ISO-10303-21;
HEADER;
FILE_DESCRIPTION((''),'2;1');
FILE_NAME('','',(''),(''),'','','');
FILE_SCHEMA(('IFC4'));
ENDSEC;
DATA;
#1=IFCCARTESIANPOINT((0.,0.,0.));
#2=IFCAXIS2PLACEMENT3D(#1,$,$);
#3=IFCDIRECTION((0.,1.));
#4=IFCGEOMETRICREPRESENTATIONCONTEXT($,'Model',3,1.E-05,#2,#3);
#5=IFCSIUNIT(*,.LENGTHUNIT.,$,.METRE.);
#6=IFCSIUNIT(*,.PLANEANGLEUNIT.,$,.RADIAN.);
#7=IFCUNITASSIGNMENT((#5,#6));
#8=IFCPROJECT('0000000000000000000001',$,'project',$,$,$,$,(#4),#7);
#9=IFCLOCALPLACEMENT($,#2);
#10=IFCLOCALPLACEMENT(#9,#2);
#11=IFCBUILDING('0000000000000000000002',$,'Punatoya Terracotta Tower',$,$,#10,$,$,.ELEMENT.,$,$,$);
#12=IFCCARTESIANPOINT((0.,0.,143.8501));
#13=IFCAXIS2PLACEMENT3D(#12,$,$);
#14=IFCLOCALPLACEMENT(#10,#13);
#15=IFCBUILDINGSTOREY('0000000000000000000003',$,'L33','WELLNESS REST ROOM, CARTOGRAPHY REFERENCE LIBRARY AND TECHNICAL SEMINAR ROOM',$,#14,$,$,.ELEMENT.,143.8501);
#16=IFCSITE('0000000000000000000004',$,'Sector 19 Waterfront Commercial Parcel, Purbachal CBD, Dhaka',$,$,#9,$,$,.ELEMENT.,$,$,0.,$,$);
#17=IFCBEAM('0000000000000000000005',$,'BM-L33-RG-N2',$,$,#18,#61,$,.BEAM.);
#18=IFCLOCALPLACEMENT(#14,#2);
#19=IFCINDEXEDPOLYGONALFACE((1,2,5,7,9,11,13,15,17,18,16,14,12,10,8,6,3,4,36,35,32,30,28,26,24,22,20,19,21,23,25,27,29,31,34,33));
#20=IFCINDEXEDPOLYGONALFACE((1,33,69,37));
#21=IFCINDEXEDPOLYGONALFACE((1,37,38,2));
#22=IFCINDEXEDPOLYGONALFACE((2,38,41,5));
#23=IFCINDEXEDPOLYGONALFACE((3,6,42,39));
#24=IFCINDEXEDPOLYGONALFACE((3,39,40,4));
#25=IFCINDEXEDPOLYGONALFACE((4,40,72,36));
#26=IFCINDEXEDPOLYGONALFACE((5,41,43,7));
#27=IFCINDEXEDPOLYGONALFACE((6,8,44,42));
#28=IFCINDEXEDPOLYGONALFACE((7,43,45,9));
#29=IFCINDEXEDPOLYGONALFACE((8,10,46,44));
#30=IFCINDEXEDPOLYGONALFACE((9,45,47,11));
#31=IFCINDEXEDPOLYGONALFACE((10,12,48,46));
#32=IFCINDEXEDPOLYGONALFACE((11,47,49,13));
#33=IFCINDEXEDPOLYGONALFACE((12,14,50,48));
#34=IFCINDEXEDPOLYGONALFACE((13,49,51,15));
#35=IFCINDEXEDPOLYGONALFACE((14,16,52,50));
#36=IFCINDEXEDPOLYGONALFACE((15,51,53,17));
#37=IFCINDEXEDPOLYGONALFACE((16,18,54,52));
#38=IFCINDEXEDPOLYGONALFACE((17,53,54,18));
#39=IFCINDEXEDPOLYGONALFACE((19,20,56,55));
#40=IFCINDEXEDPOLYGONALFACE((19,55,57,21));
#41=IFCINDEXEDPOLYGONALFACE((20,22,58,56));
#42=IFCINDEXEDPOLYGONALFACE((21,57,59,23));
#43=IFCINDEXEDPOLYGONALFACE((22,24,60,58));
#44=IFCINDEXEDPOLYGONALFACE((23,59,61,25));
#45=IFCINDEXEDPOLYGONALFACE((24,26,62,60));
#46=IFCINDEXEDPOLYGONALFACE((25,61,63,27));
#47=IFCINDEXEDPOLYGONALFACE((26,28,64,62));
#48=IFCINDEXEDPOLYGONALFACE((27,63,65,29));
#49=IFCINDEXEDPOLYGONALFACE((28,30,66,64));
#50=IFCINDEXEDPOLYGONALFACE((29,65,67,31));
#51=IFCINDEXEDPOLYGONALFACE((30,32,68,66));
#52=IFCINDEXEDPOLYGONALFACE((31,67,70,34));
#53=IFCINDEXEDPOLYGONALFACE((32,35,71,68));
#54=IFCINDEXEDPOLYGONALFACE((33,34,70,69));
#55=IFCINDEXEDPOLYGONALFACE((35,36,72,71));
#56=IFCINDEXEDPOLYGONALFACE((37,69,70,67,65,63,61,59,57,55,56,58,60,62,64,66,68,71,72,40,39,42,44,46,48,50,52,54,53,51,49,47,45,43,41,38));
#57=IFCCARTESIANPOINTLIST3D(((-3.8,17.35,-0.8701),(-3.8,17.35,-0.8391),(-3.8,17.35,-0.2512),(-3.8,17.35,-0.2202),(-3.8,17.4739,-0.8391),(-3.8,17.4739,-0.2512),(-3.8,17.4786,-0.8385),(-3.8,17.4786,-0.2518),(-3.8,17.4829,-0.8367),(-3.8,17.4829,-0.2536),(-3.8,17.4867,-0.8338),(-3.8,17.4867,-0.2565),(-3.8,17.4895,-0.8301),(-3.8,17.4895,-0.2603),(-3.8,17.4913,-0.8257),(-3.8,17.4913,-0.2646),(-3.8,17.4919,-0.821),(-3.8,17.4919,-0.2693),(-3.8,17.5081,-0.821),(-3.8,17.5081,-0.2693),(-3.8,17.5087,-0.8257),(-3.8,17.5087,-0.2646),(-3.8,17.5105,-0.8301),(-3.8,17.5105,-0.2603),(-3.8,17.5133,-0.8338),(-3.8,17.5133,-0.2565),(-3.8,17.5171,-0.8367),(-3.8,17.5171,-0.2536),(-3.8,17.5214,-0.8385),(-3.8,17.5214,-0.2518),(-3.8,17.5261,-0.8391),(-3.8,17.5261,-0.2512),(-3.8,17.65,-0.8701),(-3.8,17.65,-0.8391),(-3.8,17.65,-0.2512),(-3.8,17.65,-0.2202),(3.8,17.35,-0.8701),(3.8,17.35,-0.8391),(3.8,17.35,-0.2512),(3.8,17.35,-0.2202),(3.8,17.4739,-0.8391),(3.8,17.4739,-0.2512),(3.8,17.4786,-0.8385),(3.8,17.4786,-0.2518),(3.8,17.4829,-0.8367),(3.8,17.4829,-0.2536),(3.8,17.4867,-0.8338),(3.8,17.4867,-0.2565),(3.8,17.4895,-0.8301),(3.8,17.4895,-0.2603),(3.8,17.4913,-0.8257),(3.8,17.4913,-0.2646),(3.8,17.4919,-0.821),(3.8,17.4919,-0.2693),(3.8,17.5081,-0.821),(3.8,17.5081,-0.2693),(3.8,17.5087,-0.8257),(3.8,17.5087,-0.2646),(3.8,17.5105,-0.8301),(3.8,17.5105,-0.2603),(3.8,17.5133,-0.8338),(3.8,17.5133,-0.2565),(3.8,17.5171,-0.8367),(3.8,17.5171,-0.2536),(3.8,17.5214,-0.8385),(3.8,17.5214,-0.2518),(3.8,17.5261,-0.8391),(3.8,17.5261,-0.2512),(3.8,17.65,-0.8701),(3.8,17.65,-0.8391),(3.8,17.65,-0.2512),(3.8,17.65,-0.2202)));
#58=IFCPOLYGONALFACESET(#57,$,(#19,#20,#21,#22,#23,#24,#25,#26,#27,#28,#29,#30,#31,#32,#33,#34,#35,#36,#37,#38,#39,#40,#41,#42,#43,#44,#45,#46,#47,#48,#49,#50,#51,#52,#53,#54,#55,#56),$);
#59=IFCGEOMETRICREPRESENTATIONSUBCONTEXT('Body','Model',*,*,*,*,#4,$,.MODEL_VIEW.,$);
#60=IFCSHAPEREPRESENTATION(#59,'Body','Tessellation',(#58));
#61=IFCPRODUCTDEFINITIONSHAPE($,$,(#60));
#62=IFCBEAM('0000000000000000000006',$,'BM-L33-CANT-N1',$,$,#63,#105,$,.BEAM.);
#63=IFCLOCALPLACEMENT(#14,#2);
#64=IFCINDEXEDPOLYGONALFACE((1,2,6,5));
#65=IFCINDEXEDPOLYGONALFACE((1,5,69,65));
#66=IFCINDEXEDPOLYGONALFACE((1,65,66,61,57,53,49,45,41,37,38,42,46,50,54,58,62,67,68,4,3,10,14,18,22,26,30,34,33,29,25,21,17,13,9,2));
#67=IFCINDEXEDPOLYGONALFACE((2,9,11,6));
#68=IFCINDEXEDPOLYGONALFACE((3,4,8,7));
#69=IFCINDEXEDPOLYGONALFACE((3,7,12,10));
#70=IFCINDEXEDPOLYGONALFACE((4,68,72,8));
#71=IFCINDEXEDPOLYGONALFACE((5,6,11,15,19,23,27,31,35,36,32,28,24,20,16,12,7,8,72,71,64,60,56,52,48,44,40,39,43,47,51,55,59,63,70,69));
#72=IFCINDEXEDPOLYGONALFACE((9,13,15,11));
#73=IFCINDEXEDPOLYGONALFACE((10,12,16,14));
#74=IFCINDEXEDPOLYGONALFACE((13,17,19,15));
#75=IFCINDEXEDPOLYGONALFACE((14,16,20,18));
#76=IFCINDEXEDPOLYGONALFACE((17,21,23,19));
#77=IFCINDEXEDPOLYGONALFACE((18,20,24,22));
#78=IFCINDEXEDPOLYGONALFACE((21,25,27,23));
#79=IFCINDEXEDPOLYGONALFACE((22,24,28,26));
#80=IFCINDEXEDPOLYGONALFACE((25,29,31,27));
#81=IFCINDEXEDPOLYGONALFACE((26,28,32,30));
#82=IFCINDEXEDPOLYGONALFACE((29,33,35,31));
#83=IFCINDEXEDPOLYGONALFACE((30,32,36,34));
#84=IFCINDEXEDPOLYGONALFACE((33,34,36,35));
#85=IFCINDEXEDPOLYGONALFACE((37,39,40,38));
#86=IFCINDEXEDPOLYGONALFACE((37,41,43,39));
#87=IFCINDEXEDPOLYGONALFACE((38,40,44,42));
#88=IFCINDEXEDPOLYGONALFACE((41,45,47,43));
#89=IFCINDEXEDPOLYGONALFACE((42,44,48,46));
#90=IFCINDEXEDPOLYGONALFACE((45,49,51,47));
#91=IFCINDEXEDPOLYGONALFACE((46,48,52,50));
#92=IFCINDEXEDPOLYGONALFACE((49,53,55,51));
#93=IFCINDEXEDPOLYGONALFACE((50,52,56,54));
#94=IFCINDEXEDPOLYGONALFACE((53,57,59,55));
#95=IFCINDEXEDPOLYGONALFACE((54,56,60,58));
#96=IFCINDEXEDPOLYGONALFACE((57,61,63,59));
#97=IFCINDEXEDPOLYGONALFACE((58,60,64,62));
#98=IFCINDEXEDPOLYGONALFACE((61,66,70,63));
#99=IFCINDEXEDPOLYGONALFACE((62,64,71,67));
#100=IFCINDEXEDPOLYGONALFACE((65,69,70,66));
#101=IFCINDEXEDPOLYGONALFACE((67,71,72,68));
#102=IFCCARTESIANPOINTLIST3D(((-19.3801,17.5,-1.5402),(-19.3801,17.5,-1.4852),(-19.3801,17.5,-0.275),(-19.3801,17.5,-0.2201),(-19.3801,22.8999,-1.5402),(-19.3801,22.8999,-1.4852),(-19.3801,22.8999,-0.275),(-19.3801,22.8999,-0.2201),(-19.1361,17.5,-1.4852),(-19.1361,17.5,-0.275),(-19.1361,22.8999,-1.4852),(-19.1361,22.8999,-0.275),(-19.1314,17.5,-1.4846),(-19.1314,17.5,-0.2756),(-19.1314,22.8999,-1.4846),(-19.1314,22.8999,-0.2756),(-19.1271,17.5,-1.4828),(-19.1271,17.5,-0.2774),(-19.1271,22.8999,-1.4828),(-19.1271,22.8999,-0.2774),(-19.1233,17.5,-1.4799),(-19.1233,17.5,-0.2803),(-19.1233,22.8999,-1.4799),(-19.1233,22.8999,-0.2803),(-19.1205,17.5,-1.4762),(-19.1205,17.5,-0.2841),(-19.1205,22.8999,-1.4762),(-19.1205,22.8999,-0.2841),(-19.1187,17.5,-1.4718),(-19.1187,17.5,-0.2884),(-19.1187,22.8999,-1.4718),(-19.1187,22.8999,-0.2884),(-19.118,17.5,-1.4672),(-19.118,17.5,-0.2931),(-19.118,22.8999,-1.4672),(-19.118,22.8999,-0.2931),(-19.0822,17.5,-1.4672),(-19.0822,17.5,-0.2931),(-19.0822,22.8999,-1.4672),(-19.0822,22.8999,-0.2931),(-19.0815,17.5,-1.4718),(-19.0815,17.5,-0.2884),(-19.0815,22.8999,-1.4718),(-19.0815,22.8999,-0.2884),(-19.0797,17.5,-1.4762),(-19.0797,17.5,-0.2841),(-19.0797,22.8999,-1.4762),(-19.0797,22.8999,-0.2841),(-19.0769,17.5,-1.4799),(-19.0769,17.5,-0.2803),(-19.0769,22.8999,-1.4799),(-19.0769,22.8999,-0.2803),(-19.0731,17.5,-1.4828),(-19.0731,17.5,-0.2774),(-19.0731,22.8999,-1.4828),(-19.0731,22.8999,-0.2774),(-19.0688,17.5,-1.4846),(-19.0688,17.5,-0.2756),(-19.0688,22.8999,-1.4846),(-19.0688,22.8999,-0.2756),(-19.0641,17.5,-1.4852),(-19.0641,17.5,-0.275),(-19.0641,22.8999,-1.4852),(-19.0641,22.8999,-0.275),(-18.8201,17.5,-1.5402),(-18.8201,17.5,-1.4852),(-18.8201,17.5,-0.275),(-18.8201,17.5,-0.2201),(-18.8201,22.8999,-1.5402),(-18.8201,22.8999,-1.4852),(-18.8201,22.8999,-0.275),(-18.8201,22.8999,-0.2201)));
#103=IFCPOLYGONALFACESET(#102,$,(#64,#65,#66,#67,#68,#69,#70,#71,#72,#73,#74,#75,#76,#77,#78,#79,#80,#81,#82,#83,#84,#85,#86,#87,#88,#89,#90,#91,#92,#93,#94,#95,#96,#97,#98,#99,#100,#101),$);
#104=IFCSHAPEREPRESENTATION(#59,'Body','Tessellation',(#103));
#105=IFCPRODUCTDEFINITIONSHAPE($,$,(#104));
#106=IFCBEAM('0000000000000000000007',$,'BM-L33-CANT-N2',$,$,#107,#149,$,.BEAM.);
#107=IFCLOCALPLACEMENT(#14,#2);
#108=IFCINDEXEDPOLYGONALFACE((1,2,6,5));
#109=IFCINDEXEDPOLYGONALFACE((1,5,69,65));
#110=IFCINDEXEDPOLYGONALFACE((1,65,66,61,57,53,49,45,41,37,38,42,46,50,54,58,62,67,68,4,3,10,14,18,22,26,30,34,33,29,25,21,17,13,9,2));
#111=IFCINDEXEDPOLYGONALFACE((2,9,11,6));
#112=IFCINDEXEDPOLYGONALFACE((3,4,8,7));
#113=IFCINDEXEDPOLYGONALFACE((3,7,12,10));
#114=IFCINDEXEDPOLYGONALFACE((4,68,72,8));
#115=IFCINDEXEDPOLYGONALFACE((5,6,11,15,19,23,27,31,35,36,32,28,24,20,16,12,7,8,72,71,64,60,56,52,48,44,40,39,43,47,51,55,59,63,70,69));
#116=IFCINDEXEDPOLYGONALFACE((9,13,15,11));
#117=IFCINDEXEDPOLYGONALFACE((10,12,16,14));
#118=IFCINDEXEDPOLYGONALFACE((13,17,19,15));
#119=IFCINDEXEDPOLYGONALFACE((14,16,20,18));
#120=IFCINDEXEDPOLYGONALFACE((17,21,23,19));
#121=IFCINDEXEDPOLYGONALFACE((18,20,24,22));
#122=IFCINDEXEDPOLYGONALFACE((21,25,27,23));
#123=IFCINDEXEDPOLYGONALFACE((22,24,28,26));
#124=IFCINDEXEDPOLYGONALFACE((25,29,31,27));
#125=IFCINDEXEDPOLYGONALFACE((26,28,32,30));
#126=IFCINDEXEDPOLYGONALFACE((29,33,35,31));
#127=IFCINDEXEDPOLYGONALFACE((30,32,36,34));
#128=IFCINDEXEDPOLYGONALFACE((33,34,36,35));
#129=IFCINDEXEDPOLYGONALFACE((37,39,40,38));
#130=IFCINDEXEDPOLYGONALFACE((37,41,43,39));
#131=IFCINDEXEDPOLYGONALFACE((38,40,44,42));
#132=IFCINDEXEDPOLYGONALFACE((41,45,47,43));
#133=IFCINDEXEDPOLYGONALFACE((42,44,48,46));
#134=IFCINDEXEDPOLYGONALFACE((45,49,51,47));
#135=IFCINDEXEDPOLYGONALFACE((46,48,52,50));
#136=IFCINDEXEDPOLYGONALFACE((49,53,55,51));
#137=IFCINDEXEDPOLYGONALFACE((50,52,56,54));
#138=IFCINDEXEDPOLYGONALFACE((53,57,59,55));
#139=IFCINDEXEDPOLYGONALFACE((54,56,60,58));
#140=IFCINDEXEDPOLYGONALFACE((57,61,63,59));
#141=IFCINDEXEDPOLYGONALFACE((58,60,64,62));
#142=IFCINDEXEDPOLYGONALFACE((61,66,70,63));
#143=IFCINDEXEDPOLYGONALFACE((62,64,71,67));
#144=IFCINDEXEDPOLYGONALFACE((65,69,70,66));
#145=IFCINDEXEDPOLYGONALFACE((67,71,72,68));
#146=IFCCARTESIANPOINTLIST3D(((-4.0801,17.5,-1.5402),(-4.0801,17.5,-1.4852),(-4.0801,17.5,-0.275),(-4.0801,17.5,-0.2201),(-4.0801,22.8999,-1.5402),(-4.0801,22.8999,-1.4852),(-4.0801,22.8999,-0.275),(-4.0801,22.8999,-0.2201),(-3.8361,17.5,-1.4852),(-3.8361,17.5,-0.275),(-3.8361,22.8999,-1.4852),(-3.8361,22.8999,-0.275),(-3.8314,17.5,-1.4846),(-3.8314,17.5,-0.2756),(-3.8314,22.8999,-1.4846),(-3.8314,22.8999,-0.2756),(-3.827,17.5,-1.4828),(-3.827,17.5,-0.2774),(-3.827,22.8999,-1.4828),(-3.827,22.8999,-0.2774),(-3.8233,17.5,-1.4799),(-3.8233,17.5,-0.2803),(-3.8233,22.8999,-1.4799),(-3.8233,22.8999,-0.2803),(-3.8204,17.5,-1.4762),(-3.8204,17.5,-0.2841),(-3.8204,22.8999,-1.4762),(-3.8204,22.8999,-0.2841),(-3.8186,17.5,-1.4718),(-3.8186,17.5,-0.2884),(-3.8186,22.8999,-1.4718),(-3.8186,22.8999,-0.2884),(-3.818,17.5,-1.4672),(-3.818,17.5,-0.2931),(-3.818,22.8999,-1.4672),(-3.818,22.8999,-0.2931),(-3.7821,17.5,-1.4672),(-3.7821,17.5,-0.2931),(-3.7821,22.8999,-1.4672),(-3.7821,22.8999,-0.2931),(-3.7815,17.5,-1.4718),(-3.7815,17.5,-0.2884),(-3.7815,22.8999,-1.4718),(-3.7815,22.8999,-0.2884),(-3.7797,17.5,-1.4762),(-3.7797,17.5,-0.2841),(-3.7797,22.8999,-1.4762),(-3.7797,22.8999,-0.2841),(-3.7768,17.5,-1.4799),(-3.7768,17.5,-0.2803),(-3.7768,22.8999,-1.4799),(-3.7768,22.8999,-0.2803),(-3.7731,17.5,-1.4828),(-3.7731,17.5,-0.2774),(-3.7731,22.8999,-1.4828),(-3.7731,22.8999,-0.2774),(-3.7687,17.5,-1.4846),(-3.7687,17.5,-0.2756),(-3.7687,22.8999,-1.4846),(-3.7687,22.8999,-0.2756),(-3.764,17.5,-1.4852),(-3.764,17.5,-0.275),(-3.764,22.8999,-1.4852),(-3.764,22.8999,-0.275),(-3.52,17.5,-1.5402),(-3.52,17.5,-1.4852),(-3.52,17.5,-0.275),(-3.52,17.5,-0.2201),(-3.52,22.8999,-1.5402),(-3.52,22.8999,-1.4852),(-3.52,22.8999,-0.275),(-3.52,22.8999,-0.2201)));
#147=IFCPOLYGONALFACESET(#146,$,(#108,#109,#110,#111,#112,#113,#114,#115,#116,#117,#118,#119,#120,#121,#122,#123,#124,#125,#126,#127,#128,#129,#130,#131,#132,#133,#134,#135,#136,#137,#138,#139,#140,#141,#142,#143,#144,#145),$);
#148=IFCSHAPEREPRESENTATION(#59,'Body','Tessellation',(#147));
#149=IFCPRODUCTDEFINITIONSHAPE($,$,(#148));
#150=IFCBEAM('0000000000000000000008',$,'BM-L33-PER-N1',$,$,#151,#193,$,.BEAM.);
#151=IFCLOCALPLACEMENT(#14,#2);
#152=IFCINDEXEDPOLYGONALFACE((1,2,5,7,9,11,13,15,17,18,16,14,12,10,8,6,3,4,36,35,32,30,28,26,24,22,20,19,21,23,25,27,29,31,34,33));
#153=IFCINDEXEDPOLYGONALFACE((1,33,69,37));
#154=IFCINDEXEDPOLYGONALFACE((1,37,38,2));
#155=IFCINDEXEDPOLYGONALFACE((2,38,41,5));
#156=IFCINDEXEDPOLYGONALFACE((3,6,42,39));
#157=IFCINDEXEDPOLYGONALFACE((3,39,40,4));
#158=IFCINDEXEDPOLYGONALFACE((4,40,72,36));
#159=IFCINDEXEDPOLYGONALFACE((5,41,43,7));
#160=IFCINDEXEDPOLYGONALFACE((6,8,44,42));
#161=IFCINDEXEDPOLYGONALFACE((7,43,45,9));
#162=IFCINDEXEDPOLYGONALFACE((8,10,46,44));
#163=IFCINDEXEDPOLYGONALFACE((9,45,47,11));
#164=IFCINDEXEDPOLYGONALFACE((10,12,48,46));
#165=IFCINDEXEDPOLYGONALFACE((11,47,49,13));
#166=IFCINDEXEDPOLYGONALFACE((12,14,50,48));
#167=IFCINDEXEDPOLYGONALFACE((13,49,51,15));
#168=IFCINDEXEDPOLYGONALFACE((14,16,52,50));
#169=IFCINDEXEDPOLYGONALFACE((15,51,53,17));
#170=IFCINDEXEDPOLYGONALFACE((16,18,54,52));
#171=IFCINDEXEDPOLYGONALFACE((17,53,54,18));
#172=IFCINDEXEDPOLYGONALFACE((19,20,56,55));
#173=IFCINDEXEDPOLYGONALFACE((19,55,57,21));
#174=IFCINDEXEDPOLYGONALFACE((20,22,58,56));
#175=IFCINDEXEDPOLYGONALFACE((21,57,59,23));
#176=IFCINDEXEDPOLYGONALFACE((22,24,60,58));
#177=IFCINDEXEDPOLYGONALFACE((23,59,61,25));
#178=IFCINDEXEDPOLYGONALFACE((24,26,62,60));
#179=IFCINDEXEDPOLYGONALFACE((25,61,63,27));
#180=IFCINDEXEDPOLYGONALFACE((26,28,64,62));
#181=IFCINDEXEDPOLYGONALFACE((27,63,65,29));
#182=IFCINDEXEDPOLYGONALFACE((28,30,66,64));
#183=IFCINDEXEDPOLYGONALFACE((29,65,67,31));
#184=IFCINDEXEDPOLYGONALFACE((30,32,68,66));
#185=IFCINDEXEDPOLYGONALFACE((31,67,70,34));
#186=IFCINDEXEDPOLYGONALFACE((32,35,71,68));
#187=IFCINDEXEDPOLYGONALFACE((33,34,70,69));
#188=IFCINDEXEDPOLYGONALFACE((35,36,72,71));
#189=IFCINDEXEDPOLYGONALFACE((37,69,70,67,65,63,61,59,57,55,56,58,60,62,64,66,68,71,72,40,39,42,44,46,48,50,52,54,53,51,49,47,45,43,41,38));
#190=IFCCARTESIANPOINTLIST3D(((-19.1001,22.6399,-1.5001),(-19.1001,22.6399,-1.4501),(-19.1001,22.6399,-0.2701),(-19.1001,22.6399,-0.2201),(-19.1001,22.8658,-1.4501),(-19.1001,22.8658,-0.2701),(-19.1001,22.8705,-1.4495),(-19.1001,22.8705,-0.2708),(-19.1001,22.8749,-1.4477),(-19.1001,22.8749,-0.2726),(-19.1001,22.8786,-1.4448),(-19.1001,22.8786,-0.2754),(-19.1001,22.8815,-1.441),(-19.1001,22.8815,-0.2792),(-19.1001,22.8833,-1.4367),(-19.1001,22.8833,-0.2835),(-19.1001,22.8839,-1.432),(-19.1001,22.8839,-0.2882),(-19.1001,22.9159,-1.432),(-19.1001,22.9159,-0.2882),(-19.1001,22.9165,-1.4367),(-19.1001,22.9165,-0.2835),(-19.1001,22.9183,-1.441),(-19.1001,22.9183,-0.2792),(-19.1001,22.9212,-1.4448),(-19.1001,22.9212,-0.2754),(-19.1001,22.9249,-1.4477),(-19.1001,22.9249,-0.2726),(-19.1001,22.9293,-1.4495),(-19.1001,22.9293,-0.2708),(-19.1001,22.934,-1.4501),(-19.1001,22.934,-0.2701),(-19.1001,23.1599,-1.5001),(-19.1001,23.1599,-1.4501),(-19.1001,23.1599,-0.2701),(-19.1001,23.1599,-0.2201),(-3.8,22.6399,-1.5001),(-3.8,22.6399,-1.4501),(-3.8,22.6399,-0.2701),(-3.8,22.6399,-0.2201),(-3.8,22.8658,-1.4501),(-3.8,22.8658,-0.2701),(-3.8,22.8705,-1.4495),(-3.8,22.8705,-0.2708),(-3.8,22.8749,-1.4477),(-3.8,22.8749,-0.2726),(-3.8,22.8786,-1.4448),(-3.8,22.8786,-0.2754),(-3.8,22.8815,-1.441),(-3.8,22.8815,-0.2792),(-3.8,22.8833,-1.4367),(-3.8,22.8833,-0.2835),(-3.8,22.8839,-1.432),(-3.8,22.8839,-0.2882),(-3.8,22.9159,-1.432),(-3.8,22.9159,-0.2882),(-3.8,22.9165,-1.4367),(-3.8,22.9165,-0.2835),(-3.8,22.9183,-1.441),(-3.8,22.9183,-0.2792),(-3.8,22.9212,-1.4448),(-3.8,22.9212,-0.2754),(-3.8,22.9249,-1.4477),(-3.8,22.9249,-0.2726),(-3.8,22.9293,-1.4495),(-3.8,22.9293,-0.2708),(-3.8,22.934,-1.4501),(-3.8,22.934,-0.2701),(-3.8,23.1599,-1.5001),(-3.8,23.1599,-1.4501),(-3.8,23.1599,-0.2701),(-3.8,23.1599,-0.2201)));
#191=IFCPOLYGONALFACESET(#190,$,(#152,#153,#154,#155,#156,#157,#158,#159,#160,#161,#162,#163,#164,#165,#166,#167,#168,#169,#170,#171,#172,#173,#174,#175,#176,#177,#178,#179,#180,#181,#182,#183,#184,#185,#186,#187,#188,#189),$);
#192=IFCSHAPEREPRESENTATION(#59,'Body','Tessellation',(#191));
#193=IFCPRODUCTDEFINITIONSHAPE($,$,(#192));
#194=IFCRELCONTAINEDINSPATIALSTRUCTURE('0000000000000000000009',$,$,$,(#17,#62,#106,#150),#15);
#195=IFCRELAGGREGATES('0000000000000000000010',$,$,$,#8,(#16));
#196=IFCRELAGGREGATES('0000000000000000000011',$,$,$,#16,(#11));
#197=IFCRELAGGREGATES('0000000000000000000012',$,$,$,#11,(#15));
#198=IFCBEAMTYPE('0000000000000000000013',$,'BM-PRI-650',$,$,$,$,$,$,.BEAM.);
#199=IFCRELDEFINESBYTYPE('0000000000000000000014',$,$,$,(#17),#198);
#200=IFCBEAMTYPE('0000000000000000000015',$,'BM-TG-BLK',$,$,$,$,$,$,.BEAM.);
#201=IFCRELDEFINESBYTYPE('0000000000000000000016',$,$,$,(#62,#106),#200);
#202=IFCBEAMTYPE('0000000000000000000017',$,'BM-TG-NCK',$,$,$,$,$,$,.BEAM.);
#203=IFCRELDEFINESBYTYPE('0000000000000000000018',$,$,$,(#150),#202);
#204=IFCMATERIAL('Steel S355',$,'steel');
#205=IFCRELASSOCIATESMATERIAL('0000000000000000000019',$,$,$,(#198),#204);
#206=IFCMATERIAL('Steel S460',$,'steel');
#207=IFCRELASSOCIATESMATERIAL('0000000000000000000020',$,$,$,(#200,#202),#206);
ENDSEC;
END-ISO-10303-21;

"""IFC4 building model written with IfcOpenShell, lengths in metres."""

from ifc_helpers import new_model, si_unit, direction, frame, origin, origin_2d, place, context, subcontext, project, spatial, i_section, extrude, material, material_profile, profile_set, type_object, element, save


model = new_model("IFC4")

# Units and contexts
model_context = context("Model", 3, precision=1e-05, world=origin(), true_north=direction((0.0, 1.0)))
body_context = subcontext(model_context, "Body", "Model", "MODEL_VIEW")
ifc_project = project(units=[si_unit("LENGTHUNIT", "METRE"), si_unit("PLANEANGLEUNIT", "RADIAN")], contexts=[model_context])

# Site, building, storey
site_placement = place(None, origin())
site = spatial("IfcSite", under=ifc_project, at=site_placement, Name="Sector 19 Waterfront Commercial Parcel, Purbachal CBD, Dhaka", CompositionType="ELEMENT", RefElevation=0.0)
building_placement = place(site_placement, origin())
building = spatial("IfcBuilding", under=site, at=building_placement, Name="Punatoya Terracotta Tower", CompositionType="ELEMENT")
storey_placement = place(building_placement, frame((0.0, 0.0, 143.8501)))
storey = spatial("IfcBuildingStorey", under=building, at=storey_placement, Name="L33", Description="WELLNESS REST ROOM, CARTOGRAPHY REFERENCE LIBRARY AND TECHNICAL SEMINAR ROOM", CompositionType="ELEMENT", Elevation=143.8501)

# Shared definitions
ifc_material_1 = material(Name="Steel S460", Category="steel")

# Beams
ifc_material_2 = material(Name="Steel S355", Category="steel")
ifc_material_profile_1 = material_profile(ifc_material_2, i_section(OverallWidth=0.3, OverallDepth=0.6499, WebThickness=0.0161, FlangeThickness=0.031, FilletRadius=0.0181, at=origin_2d()))
ifc_profile_set_1 = profile_set([ifc_material_profile_1], Name="Steel S355")
beam_type_1 = type_object("IfcBeamType", Name="BM-PRI-650", PredefinedType="BEAM", material=ifc_profile_set_1)
beam_1_placement = place(storey_placement, frame((-3.8, 17.5, -0.5452), z_axis=(1.0, 0.0, 0.0), x_axis=(0.0, 1.0, 0.0)))
element("IfcBeam", 1, at=beam_1_placement, inside=storey, type_object=beam_type_1, Name="BM-L33-RG-N2", PredefinedType="BEAM", context=body_context, shape_type="SweptSolid", body=[
    extrude(i_section(OverallWidth=0.3, OverallDepth=0.6499, WebThickness=0.0161, FlangeThickness=0.031, FilletRadius=0.0181, at=origin_2d()), origin(), (0.0, 0.0, 1.0), 7.6001),
])
ifc_material_profile_2 = material_profile(ifc_material_1, i_section(OverallWidth=0.5601, OverallDepth=1.3201, WebThickness=0.0359, FlangeThickness=0.0549, FilletRadius=0.0181, at=origin_2d()))
ifc_profile_set_2 = profile_set([ifc_material_profile_2], Name="Steel S460")
beam_type_2 = type_object("IfcBeamType", Name="BM-TG-BLK", PredefinedType="BEAM", material=ifc_profile_set_2)
for number, where, z_axis, x_axis, name in (
    (2, (-19.1001, 17.5, -0.8801), (0.0, 1.0, 0.0), (-1.0, 0.0, 0.0), "BM-L33-CANT-N1"),
    (3, (-3.8, 17.5, -0.8801), (0.0, 1.0, 0.0), (-1.0, 0.0, 0.0), "BM-L33-CANT-N2"),
):
    element("IfcBeam", number, at=place(storey_placement, frame(where, z_axis=z_axis, x_axis=x_axis)), inside=storey, type_object=beam_type_2, Name=name, PredefinedType="BEAM", context=body_context, shape_type="SweptSolid", body=[
        extrude(i_section(OverallWidth=0.5601, OverallDepth=1.3201, WebThickness=0.0359, FlangeThickness=0.0549, FilletRadius=0.0181, at=origin_2d()), origin(), (0.0, 0.0, 1.0), 5.3999),
    ])
ifc_material_profile_3 = material_profile(ifc_material_1, i_section(OverallWidth=0.52, OverallDepth=1.28, WebThickness=0.032, FlangeThickness=0.05, FilletRadius=0.0181, at=origin_2d()))
ifc_profile_set_3 = profile_set([ifc_material_profile_3], Name="Steel S460")
beam_type_3 = type_object("IfcBeamType", Name="BM-TG-NCK", PredefinedType="BEAM", material=ifc_profile_set_3)
beam_2_placement = place(storey_placement, frame((-19.1001, 22.8999, -0.8601), z_axis=(1.0, 0.0, 0.0), x_axis=(0.0, 1.0, 0.0)))
element("IfcBeam", 4, at=beam_2_placement, inside=storey, type_object=beam_type_3, Name="BM-L33-PER-N1", PredefinedType="BEAM", context=body_context, shape_type="SweptSolid", body=[
    extrude(i_section(OverallWidth=0.52, OverallDepth=1.28, WebThickness=0.032, FlangeThickness=0.05, FilletRadius=0.0181, at=origin_2d()), origin(), (0.0, 0.0, 1.0), 15.3),
])

save(model, "model.ifc")
